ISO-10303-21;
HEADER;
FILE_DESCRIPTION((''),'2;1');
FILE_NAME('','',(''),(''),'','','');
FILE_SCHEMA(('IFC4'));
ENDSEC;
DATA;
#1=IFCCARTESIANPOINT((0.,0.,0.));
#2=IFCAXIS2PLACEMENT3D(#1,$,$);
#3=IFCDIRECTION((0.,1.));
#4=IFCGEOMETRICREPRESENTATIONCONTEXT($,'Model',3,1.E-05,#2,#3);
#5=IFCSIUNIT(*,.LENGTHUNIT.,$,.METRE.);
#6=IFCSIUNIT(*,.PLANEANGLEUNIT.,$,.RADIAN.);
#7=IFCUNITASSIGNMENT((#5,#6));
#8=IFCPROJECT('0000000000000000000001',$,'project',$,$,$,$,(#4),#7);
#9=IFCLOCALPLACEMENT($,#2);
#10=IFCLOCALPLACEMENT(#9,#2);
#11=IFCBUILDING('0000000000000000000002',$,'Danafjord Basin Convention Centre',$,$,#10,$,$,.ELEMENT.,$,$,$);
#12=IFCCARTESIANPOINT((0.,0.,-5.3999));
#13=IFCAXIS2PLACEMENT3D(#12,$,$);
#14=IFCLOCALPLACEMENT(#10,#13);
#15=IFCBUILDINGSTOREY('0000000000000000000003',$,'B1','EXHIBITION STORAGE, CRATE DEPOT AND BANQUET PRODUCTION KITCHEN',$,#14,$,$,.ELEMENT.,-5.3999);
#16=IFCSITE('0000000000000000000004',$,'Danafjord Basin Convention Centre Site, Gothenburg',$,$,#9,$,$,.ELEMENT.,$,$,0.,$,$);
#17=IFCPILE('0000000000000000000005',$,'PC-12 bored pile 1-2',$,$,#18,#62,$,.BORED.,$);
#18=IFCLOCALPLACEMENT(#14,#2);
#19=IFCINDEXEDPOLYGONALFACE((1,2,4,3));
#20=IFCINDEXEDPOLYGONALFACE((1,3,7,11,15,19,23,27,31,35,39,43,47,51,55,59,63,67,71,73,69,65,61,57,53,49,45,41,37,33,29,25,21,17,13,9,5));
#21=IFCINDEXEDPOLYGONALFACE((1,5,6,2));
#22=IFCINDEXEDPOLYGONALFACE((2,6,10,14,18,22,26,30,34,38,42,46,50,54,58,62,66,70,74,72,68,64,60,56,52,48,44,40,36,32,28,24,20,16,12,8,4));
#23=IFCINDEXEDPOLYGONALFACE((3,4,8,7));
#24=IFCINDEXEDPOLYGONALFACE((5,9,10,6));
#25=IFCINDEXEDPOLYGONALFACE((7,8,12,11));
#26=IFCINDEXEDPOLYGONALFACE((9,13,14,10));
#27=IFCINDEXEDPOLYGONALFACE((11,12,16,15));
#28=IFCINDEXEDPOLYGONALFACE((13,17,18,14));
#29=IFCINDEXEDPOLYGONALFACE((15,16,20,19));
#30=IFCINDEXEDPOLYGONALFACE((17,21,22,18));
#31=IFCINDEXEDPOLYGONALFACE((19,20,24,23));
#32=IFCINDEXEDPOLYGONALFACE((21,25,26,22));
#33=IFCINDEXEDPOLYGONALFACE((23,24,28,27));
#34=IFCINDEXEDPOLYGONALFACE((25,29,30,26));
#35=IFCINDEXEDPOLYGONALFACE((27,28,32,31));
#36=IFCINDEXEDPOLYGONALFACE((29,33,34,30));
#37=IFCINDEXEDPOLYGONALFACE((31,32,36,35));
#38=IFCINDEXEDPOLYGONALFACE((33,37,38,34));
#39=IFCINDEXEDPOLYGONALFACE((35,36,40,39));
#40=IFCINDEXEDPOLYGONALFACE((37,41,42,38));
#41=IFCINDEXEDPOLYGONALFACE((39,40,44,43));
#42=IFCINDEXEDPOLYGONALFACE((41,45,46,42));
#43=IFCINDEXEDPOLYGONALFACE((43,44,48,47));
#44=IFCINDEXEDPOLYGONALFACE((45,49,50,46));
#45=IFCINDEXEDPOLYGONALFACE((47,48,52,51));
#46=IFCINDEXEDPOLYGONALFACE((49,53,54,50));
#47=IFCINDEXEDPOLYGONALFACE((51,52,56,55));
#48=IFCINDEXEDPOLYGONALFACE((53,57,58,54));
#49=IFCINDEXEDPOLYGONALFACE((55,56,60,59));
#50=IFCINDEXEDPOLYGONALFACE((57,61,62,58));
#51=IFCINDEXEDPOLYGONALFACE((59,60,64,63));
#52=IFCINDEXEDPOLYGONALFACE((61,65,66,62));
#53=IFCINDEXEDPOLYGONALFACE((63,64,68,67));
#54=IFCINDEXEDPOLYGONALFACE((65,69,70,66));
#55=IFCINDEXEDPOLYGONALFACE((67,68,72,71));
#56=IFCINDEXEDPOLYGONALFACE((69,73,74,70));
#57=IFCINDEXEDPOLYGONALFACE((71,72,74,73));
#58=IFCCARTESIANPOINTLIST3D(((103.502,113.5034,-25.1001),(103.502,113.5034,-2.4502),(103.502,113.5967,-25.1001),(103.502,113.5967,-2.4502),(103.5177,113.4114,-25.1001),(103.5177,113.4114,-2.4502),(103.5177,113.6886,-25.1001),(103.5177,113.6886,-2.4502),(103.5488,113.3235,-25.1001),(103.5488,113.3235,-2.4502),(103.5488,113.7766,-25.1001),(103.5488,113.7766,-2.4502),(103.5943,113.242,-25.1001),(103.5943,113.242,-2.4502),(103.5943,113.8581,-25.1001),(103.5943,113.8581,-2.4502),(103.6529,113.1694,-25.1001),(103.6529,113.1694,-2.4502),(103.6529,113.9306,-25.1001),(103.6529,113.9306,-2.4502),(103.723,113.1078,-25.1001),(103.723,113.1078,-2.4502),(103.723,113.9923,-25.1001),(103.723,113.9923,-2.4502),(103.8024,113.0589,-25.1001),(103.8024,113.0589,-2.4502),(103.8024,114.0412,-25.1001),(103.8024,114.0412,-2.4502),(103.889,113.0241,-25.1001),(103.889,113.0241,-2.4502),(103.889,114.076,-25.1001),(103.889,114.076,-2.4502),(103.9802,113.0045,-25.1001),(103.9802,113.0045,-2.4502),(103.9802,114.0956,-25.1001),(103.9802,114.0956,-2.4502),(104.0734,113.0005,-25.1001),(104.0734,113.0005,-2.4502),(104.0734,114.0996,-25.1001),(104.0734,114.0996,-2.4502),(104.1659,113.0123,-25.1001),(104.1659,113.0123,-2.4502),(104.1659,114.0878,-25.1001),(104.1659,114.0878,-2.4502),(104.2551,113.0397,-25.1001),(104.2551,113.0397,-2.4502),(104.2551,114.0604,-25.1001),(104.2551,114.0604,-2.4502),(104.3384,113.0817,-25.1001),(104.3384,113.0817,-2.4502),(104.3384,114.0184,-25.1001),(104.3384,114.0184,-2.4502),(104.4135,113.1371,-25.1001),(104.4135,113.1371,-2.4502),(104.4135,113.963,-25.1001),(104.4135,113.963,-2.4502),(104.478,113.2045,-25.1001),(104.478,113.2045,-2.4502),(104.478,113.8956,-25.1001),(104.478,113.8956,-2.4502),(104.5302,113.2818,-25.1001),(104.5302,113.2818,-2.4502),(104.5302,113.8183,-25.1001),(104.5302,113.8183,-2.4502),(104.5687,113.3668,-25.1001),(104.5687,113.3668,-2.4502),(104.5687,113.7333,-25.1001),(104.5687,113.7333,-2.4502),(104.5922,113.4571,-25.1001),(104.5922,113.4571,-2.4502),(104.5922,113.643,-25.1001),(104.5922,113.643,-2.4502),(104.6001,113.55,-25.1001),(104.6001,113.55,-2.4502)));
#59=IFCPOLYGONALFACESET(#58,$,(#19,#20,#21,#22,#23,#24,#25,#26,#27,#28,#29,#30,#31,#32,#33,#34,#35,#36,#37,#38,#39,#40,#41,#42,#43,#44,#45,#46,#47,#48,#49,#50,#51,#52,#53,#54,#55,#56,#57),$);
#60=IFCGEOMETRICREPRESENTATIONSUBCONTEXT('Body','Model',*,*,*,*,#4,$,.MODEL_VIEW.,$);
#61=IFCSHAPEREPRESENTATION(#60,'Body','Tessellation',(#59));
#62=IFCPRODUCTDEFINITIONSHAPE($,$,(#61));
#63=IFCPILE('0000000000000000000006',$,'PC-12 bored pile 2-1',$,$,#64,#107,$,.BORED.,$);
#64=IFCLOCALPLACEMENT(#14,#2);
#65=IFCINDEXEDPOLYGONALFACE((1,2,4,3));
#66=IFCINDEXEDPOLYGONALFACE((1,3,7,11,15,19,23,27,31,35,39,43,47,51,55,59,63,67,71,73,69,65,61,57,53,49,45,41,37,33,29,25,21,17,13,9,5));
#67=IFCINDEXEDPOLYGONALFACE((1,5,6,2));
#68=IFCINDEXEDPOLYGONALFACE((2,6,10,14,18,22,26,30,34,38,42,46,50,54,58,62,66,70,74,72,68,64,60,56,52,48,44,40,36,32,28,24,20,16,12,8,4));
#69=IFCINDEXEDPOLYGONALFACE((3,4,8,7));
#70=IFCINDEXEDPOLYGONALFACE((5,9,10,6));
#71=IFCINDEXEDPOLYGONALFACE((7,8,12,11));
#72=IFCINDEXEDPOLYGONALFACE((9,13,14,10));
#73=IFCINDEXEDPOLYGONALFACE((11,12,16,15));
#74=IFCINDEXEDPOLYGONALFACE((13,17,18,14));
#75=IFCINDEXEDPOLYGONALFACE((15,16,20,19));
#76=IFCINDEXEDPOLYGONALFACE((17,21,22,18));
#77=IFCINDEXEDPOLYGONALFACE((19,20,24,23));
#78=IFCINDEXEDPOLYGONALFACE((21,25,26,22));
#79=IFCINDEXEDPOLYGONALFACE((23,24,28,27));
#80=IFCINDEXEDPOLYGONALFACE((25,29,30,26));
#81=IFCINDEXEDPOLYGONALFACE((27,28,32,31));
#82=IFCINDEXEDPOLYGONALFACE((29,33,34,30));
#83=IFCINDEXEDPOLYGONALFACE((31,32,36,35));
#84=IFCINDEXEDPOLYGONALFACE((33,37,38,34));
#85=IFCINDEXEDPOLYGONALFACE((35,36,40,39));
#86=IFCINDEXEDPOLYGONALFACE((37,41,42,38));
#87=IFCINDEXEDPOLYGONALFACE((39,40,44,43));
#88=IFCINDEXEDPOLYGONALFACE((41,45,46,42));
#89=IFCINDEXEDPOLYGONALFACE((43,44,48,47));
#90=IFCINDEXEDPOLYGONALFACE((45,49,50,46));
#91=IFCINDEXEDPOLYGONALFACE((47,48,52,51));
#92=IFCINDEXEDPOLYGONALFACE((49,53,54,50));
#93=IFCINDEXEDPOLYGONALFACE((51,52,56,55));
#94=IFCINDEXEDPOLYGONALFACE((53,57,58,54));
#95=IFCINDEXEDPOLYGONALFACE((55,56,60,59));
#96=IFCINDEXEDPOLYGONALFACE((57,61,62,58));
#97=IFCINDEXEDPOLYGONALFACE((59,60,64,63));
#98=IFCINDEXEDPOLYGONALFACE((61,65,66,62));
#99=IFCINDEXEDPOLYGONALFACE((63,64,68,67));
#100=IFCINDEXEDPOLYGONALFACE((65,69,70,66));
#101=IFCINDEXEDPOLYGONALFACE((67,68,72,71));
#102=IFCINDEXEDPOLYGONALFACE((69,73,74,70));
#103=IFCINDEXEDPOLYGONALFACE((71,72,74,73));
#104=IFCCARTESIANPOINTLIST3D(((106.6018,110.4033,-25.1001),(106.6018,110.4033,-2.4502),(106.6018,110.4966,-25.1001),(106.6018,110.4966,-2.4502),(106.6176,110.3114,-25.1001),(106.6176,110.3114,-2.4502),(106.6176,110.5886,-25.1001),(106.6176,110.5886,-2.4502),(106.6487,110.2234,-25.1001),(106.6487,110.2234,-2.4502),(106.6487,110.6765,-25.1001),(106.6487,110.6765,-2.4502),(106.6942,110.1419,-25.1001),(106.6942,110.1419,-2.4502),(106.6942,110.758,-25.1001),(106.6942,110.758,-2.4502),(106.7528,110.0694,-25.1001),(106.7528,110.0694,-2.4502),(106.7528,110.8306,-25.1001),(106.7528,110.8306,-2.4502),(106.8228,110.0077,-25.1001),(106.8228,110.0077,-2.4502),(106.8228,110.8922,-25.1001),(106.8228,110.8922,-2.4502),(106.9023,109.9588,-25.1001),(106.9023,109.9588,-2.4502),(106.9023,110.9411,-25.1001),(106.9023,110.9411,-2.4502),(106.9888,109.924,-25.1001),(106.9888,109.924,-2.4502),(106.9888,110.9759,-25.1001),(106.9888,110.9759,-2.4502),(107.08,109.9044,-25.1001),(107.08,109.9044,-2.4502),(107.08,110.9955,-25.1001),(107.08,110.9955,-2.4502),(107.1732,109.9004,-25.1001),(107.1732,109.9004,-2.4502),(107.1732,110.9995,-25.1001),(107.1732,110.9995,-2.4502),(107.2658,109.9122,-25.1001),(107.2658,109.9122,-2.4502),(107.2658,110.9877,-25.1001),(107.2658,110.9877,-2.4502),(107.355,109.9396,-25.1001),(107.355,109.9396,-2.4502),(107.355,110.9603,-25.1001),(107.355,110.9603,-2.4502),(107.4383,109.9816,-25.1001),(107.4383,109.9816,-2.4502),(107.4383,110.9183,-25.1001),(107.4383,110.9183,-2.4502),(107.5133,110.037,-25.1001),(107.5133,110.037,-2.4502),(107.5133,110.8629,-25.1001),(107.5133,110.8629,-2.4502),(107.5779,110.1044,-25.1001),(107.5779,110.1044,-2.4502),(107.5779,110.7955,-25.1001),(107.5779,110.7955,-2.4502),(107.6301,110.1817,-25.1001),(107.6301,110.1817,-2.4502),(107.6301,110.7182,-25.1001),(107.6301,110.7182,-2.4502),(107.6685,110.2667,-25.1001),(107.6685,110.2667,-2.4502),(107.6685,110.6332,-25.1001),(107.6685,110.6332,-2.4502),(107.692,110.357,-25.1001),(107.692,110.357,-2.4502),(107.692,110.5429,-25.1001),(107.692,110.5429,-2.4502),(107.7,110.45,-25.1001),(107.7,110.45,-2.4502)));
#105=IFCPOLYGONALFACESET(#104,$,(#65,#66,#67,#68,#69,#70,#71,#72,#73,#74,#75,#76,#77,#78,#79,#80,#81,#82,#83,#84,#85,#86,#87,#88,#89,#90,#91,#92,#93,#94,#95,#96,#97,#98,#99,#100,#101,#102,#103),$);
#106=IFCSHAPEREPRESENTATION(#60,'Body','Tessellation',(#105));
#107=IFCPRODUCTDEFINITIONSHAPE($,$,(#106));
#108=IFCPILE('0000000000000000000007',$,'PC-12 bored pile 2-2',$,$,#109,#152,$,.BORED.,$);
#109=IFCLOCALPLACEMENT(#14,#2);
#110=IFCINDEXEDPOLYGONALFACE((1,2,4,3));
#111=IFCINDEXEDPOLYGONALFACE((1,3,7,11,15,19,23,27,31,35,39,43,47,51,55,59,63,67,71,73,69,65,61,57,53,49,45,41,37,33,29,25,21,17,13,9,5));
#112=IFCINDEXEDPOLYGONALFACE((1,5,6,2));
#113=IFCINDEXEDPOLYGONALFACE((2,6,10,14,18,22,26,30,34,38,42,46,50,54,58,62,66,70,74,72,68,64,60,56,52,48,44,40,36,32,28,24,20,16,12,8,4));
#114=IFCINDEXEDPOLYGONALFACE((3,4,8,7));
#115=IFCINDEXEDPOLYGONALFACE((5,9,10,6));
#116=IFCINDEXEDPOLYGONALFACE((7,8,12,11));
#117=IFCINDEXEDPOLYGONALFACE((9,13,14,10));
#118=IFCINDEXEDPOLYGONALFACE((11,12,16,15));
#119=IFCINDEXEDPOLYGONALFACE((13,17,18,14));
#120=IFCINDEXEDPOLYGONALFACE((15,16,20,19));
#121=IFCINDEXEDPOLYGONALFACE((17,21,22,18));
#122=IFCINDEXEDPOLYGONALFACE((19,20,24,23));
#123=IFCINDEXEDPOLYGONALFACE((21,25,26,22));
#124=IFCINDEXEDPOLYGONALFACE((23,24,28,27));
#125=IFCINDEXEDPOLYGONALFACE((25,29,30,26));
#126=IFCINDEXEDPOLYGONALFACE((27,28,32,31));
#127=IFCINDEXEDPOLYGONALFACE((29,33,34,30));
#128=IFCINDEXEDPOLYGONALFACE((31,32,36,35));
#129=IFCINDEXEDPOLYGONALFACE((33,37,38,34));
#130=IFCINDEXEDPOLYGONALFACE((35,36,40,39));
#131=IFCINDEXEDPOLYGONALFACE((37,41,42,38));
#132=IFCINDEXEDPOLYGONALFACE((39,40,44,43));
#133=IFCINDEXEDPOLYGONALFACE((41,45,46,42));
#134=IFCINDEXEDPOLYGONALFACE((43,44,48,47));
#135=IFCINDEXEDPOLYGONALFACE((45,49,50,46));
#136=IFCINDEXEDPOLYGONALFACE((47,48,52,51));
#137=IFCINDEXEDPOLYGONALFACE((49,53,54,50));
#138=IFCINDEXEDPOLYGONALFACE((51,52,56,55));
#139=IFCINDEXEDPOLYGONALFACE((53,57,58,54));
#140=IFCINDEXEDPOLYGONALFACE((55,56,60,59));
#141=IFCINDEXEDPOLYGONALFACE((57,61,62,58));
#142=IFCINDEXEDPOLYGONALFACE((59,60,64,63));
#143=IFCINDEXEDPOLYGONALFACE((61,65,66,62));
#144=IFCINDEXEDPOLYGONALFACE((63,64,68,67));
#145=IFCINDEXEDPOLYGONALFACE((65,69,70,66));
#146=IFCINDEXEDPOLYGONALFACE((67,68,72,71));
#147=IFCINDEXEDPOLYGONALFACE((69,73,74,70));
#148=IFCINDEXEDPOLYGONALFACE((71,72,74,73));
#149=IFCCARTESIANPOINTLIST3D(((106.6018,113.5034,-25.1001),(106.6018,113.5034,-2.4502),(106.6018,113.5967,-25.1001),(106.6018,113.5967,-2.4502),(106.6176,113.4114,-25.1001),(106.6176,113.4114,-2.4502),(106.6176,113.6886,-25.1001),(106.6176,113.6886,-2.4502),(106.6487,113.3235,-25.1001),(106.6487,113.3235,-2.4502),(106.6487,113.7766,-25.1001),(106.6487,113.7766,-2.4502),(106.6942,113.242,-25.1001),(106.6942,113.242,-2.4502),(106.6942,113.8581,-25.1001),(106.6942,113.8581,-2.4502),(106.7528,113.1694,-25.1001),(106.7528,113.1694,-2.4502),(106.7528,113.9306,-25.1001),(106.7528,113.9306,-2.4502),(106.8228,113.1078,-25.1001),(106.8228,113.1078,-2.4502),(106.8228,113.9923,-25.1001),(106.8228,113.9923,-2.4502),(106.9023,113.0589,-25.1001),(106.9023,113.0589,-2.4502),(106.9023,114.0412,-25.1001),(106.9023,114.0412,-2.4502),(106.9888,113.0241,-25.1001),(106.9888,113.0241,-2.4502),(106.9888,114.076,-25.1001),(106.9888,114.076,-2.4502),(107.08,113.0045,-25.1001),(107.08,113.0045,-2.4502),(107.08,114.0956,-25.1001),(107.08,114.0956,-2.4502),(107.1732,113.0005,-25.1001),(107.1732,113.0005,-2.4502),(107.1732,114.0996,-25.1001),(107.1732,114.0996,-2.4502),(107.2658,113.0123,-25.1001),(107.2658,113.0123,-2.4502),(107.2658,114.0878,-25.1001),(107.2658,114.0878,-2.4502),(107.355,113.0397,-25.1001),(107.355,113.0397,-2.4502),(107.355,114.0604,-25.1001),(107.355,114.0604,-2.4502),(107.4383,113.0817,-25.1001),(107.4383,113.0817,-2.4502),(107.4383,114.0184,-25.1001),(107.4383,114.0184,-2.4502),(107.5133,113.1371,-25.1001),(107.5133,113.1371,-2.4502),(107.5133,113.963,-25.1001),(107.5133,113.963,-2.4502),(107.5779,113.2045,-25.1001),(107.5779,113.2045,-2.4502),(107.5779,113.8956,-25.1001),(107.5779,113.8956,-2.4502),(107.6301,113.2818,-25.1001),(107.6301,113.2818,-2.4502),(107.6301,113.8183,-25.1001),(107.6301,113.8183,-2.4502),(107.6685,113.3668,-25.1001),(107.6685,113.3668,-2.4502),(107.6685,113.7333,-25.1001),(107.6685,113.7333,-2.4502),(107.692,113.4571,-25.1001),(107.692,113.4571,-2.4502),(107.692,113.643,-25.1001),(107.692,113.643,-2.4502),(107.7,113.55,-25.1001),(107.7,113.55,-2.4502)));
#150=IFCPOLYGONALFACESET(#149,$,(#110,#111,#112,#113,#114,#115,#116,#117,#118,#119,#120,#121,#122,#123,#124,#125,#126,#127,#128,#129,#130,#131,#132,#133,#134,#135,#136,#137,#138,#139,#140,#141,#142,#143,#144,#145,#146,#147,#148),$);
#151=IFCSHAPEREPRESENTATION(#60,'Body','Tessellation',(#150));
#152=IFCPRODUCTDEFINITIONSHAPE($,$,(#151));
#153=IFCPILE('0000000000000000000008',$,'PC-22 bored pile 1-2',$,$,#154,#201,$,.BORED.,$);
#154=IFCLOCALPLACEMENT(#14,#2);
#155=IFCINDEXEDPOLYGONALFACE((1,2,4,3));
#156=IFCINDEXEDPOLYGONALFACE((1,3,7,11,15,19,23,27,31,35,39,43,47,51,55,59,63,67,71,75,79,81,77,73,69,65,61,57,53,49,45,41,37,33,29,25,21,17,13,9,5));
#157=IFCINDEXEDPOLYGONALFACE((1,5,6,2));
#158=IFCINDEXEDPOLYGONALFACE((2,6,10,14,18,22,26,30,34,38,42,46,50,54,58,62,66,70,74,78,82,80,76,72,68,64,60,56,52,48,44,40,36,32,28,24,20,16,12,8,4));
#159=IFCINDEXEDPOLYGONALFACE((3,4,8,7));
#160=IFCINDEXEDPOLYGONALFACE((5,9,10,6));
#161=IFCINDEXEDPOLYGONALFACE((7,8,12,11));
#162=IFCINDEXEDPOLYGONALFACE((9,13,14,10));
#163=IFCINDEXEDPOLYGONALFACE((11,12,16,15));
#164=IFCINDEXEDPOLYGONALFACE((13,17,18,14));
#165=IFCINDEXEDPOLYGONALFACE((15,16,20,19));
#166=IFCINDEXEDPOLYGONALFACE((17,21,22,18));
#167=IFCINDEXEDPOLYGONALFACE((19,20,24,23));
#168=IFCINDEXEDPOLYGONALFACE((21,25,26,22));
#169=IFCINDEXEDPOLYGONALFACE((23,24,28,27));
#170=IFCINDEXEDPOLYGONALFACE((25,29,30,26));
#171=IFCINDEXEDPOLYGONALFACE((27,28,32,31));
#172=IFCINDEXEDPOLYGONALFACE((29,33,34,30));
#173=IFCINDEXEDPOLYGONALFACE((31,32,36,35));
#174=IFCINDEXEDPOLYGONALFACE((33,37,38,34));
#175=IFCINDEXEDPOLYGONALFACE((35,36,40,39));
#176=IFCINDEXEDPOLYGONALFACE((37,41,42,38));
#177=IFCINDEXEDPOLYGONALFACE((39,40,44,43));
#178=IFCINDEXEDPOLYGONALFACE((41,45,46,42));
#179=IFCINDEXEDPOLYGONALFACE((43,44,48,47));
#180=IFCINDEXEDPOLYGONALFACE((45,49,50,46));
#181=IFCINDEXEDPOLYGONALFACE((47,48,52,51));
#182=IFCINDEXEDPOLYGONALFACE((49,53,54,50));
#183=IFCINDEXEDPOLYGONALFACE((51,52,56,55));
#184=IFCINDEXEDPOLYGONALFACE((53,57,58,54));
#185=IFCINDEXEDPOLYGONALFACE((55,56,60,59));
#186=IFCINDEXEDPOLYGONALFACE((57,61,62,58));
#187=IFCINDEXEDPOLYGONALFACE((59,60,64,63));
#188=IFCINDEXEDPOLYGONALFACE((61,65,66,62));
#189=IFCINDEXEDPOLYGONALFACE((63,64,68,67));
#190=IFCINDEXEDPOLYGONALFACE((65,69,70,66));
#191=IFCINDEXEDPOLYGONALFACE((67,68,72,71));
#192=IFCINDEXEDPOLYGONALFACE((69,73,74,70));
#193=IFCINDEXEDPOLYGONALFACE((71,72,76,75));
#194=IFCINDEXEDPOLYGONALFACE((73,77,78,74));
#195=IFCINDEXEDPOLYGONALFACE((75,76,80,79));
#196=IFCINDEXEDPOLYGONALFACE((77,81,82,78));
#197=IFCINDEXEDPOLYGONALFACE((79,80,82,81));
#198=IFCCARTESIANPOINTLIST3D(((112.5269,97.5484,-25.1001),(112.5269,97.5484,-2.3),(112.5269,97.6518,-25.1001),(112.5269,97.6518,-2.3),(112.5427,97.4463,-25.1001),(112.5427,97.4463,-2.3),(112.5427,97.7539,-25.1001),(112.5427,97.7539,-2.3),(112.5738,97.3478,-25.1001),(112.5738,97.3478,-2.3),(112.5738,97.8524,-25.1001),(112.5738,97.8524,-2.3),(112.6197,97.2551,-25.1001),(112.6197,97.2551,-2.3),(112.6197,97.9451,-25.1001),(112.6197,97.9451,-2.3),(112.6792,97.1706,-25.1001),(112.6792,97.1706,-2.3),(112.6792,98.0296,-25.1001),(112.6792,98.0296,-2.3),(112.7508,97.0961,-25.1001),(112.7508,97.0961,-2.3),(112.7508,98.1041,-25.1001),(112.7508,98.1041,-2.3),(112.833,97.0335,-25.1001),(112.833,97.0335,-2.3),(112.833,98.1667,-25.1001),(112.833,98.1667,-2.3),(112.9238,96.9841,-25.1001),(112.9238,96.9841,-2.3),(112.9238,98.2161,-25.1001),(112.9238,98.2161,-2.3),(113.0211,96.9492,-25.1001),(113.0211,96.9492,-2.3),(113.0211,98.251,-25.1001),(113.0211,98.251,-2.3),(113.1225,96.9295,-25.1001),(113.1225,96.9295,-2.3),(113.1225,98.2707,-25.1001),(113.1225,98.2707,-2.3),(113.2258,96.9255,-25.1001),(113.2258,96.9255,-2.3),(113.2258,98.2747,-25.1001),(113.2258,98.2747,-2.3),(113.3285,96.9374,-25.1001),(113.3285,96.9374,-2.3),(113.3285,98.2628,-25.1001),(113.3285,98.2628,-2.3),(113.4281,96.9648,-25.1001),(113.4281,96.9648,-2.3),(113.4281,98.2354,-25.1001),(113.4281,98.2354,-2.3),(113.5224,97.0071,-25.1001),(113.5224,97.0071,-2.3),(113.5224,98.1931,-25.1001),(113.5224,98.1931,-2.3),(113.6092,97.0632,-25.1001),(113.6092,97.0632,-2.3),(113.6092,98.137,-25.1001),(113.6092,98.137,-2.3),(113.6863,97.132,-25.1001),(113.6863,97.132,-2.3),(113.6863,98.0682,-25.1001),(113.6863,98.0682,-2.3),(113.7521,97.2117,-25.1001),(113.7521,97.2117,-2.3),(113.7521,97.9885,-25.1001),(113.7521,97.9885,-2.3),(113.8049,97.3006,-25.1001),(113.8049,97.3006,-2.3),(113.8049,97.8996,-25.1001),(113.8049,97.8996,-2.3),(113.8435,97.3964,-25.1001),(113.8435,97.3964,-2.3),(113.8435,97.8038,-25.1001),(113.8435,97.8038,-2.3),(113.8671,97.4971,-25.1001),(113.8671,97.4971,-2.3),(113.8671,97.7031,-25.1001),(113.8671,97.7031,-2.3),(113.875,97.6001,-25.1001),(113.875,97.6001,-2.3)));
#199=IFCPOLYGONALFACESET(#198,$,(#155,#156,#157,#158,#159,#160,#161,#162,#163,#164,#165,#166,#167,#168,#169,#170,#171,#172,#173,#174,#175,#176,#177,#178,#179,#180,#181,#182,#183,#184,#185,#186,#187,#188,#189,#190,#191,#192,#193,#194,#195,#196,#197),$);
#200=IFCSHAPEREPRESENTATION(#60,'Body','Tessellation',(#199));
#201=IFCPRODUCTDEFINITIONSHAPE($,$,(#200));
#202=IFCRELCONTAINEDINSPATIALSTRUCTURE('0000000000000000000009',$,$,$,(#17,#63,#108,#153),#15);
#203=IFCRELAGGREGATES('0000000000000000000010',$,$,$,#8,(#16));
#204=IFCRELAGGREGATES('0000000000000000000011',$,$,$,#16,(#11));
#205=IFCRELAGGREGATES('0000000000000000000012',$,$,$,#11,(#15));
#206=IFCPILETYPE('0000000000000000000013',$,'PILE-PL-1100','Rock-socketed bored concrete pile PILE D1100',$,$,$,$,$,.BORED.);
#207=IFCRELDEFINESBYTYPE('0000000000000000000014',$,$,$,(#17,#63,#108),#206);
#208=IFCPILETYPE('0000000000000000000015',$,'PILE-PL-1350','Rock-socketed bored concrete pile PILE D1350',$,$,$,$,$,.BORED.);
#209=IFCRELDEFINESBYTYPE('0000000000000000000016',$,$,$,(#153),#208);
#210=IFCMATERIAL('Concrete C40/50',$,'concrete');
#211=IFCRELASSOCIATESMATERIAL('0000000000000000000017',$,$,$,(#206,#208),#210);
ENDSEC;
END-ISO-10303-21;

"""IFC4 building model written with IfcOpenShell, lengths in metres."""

from ifc_helpers import new_model, si_unit, direction, frame, origin, origin_2d, place, context, subcontext, project, spatial, circle, extrude, material, material_profile, profile_set, type_object, element, save


model = new_model("IFC4")

# Units and contexts
model_context = context("Model", 3, precision=1e-05, world=origin(), true_north=direction((0.0, 1.0)))
body_context = subcontext(model_context, "Body", "Model", "MODEL_VIEW")
ifc_project = project(units=[si_unit("LENGTHUNIT", "METRE"), si_unit("PLANEANGLEUNIT", "RADIAN")], contexts=[model_context])

# Site, building, storey
site_placement = place(None, origin())
site = spatial("IfcSite", under=ifc_project, at=site_placement, Name="Danafjord Basin Convention Centre Site, Gothenburg", CompositionType="ELEMENT", RefElevation=0.0)
building_placement = place(site_placement, origin())
building = spatial("IfcBuilding", under=site, at=building_placement, Name="Danafjord Basin Convention Centre", CompositionType="ELEMENT")
storey_placement = place(building_placement, frame((0.0, 0.0, -5.3999)))
storey = spatial("IfcBuildingStorey", under=building, at=storey_placement, Name="B1", Description="EXHIBITION STORAGE, CRATE DEPOT AND BANQUET PRODUCTION KITCHEN", CompositionType="ELEMENT", Elevation=-5.3999)

# Shared definitions
ifc_material_1 = material(Name="Concrete C40/50", Category="concrete")

# Piles
ifc_material_profile_1 = material_profile(ifc_material_1, circle(Radius=0.55, at=origin_2d()), Name="PILE D1100")
ifc_profile_set_1 = profile_set([ifc_material_profile_1], Name="Concrete C40/50")
pile_type_1 = type_object("IfcPileType", Name="PILE-PL-1100", Description="Rock-socketed bored concrete pile PILE D1100", PredefinedType="BORED", material=ifc_profile_set_1)
for number, where, z_axis, x_axis, name in (
    (1, (104.05, 113.55, -2.4502), (0.0, 0.0, -1.0), (1.0, 0.0, 0.0), "PC-12 bored pile 1-2"),
    (2, (107.1499, 110.45, -2.4502), (0.0, 0.0, -1.0), (1.0, 0.0, 0.0), "PC-12 bored pile 2-1"),
    (3, (107.1499, 113.55, -2.4502), (0.0, 0.0, -1.0), (1.0, 0.0, 0.0), "PC-12 bored pile 2-2"),
):
    element("IfcPile", number, at=place(storey_placement, frame(where, z_axis=z_axis, x_axis=x_axis)), inside=storey, type_object=pile_type_1, Name=name, PredefinedType="BORED", context=body_context, shape_type="SweptSolid", body=[
        extrude(circle(Radius=0.55, at=origin_2d()), origin(), (0.0, 0.0, 1.0), 22.6499),
    ])
ifc_material_profile_2 = material_profile(ifc_material_1, circle(Radius=0.675, at=origin_2d()), Name="PILE D1350")
ifc_profile_set_2 = profile_set([ifc_material_profile_2], Name="Concrete C40/50")
pile_type_2 = type_object("IfcPileType", Name="PILE-PL-1350", Description="Rock-socketed bored concrete pile PILE D1350", PredefinedType="BORED", material=ifc_profile_set_2)
pile_1_placement = place(storey_placement, frame((113.2, 97.6001, -2.3), z_axis=(0.0, 0.0, -1.0), x_axis=(1.0, 0.0, 0.0)))
element("IfcPile", 4, at=pile_1_placement, inside=storey, type_object=pile_type_2, Name="PC-22 bored pile 1-2", PredefinedType="BORED", context=body_context, shape_type="SweptSolid", body=[
    extrude(circle(Radius=0.675, at=origin_2d()), origin(), (0.0, 0.0, 1.0), 22.8),
])

save(model, "model.ifc")
